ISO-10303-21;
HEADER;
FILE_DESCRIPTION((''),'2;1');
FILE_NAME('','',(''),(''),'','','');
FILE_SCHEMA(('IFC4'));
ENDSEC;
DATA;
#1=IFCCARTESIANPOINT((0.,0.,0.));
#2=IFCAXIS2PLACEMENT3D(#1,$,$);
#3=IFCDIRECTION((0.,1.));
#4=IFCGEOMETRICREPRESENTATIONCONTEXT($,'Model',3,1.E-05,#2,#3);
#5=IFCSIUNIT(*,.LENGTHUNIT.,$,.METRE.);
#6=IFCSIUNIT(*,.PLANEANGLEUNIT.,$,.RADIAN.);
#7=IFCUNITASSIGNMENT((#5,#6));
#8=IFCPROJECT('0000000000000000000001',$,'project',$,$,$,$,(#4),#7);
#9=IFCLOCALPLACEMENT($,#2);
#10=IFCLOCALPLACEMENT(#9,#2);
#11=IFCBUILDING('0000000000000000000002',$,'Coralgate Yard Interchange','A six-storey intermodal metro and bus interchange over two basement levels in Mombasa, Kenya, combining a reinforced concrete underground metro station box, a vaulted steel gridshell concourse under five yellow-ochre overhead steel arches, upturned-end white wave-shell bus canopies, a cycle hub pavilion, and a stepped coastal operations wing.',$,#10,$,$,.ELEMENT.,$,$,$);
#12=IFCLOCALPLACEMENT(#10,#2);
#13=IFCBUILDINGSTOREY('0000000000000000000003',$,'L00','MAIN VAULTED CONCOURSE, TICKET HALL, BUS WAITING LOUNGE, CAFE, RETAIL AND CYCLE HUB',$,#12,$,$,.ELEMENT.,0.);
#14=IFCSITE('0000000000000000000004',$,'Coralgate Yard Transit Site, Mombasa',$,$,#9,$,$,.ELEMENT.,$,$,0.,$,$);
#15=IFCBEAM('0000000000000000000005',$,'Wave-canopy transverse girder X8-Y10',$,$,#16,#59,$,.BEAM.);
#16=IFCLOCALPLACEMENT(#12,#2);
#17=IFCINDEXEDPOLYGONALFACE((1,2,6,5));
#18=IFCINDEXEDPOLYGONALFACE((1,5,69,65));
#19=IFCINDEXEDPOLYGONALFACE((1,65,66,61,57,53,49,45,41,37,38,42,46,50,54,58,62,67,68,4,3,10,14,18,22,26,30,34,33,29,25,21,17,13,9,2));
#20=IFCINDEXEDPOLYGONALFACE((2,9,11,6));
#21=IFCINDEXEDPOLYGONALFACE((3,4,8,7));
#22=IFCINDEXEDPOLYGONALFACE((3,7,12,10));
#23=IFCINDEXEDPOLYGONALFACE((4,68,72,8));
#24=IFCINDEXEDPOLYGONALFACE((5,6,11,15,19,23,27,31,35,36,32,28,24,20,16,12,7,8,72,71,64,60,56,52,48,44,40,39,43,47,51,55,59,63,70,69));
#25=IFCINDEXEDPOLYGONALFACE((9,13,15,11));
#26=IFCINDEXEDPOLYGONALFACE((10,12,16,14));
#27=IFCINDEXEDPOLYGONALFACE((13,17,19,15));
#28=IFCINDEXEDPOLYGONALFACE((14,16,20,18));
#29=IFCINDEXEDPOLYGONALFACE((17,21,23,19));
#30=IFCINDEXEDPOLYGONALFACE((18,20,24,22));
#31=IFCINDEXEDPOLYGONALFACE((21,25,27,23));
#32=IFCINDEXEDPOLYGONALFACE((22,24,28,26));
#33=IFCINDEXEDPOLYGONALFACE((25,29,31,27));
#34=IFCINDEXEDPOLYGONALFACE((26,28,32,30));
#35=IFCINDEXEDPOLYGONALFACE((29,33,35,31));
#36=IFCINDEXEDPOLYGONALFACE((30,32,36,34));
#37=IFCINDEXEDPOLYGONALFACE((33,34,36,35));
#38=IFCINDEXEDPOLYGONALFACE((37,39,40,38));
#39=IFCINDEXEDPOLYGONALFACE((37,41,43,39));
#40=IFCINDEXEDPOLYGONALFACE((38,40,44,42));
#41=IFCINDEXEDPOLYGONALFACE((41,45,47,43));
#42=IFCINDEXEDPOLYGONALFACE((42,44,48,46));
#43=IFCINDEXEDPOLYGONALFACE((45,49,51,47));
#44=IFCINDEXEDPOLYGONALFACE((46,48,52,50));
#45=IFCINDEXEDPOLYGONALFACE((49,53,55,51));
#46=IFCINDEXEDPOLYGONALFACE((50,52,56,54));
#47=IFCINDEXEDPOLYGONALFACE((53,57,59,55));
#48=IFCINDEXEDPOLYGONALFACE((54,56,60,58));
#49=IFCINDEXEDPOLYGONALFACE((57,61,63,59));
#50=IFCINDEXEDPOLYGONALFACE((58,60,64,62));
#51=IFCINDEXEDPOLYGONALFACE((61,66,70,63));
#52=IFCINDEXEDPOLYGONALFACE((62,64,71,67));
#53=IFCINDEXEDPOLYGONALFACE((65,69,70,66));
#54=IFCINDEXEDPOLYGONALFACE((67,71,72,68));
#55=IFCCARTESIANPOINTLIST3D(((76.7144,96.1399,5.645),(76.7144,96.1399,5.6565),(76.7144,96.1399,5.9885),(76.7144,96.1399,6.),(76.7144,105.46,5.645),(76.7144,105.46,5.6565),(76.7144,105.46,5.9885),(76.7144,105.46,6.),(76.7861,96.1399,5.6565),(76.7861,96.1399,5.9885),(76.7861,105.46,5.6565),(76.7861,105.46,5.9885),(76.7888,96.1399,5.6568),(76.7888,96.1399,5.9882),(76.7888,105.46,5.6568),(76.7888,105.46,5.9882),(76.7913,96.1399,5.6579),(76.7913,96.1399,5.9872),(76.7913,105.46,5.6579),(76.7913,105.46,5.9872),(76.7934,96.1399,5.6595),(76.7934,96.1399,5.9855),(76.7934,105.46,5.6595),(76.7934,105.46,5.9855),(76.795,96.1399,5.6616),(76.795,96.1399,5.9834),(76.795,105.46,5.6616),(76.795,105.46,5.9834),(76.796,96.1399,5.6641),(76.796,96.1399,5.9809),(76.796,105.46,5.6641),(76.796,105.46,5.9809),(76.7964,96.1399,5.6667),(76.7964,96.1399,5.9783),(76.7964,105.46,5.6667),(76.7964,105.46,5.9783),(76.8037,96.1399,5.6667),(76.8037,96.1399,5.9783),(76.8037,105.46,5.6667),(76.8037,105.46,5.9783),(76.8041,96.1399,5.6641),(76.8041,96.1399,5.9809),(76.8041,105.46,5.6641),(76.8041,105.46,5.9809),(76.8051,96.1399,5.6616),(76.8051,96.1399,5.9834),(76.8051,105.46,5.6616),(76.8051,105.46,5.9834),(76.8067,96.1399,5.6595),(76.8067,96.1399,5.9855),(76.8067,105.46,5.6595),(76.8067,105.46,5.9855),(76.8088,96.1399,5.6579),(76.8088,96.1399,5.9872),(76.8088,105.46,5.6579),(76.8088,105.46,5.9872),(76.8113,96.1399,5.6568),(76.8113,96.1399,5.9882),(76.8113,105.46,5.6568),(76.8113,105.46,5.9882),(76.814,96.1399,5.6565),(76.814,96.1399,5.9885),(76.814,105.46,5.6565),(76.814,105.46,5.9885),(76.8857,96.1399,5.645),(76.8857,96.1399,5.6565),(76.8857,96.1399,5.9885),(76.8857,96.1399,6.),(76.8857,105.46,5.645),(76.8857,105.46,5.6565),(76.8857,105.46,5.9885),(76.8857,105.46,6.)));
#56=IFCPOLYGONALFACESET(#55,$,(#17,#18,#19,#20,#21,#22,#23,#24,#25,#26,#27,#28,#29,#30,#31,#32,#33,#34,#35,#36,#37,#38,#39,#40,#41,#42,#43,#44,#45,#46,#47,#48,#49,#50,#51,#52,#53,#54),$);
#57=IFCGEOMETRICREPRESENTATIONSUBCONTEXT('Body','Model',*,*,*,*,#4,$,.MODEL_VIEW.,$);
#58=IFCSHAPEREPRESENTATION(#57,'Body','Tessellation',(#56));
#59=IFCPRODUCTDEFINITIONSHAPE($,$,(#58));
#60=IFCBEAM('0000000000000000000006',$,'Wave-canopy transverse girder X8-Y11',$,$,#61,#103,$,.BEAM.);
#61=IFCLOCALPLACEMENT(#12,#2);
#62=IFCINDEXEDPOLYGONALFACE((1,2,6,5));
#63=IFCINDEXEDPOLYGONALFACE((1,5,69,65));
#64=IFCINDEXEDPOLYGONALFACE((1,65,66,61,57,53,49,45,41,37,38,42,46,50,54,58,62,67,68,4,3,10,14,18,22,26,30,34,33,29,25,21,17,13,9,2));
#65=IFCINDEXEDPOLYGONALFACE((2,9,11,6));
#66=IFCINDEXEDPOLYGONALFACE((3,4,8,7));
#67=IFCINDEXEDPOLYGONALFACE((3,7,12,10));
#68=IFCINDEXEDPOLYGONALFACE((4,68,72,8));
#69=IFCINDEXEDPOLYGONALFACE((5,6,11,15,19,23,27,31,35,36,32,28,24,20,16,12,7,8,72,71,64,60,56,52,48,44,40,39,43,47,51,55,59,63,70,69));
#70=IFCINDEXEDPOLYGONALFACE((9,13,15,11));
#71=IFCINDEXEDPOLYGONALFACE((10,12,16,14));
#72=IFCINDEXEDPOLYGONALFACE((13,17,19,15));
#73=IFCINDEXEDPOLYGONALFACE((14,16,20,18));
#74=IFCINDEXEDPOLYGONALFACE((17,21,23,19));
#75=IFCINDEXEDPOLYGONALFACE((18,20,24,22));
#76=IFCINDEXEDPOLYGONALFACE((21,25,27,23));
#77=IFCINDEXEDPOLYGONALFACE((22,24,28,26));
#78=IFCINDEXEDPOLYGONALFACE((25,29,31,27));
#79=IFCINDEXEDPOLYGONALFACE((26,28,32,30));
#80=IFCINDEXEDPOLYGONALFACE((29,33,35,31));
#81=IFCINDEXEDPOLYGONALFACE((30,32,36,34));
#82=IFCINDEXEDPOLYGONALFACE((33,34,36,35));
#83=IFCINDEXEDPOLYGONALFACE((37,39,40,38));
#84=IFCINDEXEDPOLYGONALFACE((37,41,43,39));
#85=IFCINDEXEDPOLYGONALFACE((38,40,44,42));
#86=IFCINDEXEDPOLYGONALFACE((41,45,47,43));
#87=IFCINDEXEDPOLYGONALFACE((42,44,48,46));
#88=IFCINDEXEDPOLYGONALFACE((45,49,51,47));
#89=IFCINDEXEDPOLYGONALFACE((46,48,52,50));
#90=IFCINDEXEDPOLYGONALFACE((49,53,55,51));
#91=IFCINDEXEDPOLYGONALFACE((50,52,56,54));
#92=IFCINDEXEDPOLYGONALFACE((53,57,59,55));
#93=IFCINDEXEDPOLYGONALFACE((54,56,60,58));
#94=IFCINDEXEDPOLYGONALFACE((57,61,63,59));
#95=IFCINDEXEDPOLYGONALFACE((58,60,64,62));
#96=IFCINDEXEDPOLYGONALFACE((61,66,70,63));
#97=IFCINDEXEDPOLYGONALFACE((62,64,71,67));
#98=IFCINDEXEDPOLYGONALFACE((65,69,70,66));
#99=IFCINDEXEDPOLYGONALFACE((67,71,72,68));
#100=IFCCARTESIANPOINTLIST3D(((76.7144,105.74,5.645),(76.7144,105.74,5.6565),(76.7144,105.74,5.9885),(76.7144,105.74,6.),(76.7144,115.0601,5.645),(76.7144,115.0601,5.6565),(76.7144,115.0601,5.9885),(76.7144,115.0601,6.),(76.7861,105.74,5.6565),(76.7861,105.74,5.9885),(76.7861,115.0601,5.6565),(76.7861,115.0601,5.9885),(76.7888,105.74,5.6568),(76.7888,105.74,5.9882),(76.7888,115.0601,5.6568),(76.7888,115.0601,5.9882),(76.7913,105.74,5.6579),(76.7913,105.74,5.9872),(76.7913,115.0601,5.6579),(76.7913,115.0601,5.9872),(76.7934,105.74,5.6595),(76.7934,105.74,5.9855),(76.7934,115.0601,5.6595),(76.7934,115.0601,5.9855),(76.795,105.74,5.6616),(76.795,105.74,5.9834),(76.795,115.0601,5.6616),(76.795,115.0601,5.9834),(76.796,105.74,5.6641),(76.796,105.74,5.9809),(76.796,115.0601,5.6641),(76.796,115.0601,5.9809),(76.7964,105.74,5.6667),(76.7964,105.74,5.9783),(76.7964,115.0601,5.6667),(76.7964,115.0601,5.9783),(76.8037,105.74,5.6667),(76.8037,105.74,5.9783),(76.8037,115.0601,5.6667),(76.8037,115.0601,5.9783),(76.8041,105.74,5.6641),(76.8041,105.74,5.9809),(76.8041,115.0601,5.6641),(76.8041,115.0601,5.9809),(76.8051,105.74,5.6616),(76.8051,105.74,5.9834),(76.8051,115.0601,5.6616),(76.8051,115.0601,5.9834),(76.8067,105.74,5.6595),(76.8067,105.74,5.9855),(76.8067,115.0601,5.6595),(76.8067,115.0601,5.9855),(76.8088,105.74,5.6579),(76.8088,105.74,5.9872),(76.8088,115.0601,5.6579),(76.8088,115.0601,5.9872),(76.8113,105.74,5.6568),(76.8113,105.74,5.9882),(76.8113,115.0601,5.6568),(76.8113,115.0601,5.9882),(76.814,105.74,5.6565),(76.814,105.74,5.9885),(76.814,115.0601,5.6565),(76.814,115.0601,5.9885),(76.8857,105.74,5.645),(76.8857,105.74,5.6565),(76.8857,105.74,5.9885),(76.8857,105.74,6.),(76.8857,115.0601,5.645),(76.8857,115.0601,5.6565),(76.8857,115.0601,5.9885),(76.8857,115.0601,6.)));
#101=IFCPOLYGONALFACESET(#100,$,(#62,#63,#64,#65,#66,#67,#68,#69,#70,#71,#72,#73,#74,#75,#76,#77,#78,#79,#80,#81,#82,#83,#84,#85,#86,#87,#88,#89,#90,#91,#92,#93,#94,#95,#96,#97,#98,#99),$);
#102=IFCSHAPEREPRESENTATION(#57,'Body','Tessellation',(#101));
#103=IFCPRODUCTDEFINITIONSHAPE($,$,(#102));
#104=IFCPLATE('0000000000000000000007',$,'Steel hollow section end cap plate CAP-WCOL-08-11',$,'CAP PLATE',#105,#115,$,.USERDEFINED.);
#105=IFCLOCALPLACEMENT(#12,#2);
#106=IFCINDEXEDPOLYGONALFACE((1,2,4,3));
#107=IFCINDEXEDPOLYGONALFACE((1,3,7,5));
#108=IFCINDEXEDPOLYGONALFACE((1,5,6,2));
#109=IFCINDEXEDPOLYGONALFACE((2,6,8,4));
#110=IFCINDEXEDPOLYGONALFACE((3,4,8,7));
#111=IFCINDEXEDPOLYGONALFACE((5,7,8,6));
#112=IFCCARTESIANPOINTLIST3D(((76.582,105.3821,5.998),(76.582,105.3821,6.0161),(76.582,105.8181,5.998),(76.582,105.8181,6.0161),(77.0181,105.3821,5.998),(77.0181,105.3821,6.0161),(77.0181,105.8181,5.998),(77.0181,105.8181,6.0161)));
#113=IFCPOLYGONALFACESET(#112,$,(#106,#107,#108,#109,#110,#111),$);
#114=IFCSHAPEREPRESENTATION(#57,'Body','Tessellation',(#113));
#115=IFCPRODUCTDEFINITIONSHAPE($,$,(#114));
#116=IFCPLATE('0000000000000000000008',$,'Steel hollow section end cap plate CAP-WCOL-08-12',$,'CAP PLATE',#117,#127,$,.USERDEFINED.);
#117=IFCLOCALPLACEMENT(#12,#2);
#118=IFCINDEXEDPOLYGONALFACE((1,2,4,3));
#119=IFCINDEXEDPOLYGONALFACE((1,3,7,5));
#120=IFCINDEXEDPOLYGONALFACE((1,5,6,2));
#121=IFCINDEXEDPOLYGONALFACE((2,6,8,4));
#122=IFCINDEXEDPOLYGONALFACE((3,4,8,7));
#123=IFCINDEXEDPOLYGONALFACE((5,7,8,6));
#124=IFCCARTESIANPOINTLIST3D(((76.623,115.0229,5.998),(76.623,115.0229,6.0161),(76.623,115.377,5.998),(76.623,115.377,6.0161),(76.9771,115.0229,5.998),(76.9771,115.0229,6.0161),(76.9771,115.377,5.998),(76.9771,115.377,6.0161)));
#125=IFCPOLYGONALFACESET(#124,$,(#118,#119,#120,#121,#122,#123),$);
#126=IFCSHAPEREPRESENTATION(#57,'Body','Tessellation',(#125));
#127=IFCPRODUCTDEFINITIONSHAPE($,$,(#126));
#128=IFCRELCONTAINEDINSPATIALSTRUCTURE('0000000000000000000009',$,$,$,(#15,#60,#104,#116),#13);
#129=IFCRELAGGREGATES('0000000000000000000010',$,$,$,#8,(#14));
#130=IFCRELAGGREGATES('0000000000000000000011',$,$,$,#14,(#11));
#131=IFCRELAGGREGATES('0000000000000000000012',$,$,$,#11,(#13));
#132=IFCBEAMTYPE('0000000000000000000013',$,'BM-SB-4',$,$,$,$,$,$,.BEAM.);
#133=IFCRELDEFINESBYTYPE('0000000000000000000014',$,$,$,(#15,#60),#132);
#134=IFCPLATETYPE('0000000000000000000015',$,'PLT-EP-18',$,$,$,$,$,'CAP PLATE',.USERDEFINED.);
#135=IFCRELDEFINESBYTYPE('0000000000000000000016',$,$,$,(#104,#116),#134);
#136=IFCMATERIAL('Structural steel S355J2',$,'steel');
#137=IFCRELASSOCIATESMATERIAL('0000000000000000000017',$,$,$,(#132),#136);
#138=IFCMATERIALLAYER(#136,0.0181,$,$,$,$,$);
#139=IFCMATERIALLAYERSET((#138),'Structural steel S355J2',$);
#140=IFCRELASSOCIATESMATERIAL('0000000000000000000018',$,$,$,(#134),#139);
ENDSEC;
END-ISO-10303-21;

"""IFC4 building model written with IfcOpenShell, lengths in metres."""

from ifc_helpers import new_model, si_unit, direction, frame, origin, origin_2d, place, context, subcontext, project, spatial, rectangle, i_section, extrude, material, layer, layer_set, material_profile, profile_set, type_object, element, save


model = new_model("IFC4")

# Units and contexts
model_context = context("Model", 3, precision=1e-05, world=origin(), true_north=direction((0.0, 1.0)))
body_context = subcontext(model_context, "Body", "Model", "MODEL_VIEW")
ifc_project = project(units=[si_unit("LENGTHUNIT", "METRE"), si_unit("PLANEANGLEUNIT", "RADIAN")], contexts=[model_context])

# Site, building, storey
site_placement = place(None, origin())
site = spatial("IfcSite", under=ifc_project, at=site_placement, Name="Coralgate Yard Transit Site, Mombasa", CompositionType="ELEMENT", RefElevation=0.0)
building_placement = place(site_placement, origin())
building = spatial("IfcBuilding", under=site, at=building_placement, Name="Coralgate Yard Interchange", Description="A six-storey intermodal metro and bus interchange over two basement levels in Mombasa, Kenya, combining a reinforced concrete underground metro station box, a vaulted steel gridshell concourse under five yellow-ochre overhead steel arches, upturned-end white wave-shell bus canopies, a cycle hub pavilion, and a stepped coastal operations wing.", CompositionType="ELEMENT")
storey_placement = place(building_placement, origin())
storey = spatial("IfcBuildingStorey", under=building, at=storey_placement, Name="L00", Description="MAIN VAULTED CONCOURSE, TICKET HALL, BUS WAITING LOUNGE, CAFE, RETAIL AND CYCLE HUB", CompositionType="ELEMENT", Elevation=0.0)

# Shared definitions
ifc_material_1 = material(Name="Structural steel S355J2", Category="steel")

# Beams
ifc_material_profile_1 = material_profile(ifc_material_1, i_section(OverallWidth=0.1714, OverallDepth=0.355, WebThickness=0.0073, FlangeThickness=0.0115, FilletRadius=0.0103, at=origin_2d()), Name="UB 356x171x51")
ifc_profile_set_1 = profile_set([ifc_material_profile_1], Name="Structural steel S355J2")
beam_type_1 = type_object("IfcBeamType", Name="BM-SB-4", PredefinedType="BEAM", material=ifc_profile_set_1)
for number, where, z_axis, x_axis, name in (
    (1, (76.8, 96.1399, 5.8225), (0.0, 1.0, 0.0), (-1.0, 0.0, 0.0), "Wave-canopy transverse girder X8-Y10"),
    (2, (76.8, 105.74, 5.8225), (0.0, 1.0, 0.0), (-1.0, 0.0, 0.0), "Wave-canopy transverse girder X8-Y11"),
):
    element("IfcBeam", number, at=place(storey_placement, frame(where, z_axis=z_axis, x_axis=x_axis)), inside=storey, type_object=beam_type_1, Name=name, PredefinedType="BEAM", context=body_context, shape_type="SweptSolid", body=[
        extrude(i_section(OverallWidth=0.1714, OverallDepth=0.355, WebThickness=0.0073, FlangeThickness=0.0115, FilletRadius=0.0103, at=origin_2d()), origin(), (0.0, 0.0, 1.0), 9.3201),
    ])

# Plates
ifc_layer = layer(ifc_material_1, 0.0181)
ifc_layer_set = layer_set([ifc_layer], Name="Structural steel S355J2")
plate_type = type_object("IfcPlateType", Name="PLT-EP-18", ElementType="CAP PLATE", PredefinedType="USERDEFINED", material=ifc_layer_set)
plate_1_placement = place(storey_placement, frame((76.8, 105.6001, 5.998), z_axis=(0.0, 0.0, 1.0), x_axis=(1.0, 0.0, 0.0)))
element("IfcPlate", 3, at=plate_1_placement, inside=storey, type_object=plate_type, Name="Steel hollow section end cap plate CAP-WCOL-08-11", ObjectType="CAP PLATE", PredefinedType="USERDEFINED", context=body_context, shape_type="SweptSolid", body=[
    extrude(rectangle(XDim=0.436, YDim=0.436, at=origin_2d()), origin(), (0.0, 0.0, 1.0), 0.0181),
])
plate_2_placement = place(storey_placement, frame((76.8, 115.2, 5.998), z_axis=(0.0, 0.0, 1.0), x_axis=(1.0, 0.0, 0.0)))
element("IfcPlate", 4, at=plate_2_placement, inside=storey, type_object=plate_type, Name="Steel hollow section end cap plate CAP-WCOL-08-12", ObjectType="CAP PLATE", PredefinedType="USERDEFINED", context=body_context, shape_type="SweptSolid", body=[
    extrude(rectangle(XDim=0.354, YDim=0.354, at=origin_2d()), origin(), (0.0, 0.0, 1.0), 0.0181),
])

save(model, "model.ifc")
